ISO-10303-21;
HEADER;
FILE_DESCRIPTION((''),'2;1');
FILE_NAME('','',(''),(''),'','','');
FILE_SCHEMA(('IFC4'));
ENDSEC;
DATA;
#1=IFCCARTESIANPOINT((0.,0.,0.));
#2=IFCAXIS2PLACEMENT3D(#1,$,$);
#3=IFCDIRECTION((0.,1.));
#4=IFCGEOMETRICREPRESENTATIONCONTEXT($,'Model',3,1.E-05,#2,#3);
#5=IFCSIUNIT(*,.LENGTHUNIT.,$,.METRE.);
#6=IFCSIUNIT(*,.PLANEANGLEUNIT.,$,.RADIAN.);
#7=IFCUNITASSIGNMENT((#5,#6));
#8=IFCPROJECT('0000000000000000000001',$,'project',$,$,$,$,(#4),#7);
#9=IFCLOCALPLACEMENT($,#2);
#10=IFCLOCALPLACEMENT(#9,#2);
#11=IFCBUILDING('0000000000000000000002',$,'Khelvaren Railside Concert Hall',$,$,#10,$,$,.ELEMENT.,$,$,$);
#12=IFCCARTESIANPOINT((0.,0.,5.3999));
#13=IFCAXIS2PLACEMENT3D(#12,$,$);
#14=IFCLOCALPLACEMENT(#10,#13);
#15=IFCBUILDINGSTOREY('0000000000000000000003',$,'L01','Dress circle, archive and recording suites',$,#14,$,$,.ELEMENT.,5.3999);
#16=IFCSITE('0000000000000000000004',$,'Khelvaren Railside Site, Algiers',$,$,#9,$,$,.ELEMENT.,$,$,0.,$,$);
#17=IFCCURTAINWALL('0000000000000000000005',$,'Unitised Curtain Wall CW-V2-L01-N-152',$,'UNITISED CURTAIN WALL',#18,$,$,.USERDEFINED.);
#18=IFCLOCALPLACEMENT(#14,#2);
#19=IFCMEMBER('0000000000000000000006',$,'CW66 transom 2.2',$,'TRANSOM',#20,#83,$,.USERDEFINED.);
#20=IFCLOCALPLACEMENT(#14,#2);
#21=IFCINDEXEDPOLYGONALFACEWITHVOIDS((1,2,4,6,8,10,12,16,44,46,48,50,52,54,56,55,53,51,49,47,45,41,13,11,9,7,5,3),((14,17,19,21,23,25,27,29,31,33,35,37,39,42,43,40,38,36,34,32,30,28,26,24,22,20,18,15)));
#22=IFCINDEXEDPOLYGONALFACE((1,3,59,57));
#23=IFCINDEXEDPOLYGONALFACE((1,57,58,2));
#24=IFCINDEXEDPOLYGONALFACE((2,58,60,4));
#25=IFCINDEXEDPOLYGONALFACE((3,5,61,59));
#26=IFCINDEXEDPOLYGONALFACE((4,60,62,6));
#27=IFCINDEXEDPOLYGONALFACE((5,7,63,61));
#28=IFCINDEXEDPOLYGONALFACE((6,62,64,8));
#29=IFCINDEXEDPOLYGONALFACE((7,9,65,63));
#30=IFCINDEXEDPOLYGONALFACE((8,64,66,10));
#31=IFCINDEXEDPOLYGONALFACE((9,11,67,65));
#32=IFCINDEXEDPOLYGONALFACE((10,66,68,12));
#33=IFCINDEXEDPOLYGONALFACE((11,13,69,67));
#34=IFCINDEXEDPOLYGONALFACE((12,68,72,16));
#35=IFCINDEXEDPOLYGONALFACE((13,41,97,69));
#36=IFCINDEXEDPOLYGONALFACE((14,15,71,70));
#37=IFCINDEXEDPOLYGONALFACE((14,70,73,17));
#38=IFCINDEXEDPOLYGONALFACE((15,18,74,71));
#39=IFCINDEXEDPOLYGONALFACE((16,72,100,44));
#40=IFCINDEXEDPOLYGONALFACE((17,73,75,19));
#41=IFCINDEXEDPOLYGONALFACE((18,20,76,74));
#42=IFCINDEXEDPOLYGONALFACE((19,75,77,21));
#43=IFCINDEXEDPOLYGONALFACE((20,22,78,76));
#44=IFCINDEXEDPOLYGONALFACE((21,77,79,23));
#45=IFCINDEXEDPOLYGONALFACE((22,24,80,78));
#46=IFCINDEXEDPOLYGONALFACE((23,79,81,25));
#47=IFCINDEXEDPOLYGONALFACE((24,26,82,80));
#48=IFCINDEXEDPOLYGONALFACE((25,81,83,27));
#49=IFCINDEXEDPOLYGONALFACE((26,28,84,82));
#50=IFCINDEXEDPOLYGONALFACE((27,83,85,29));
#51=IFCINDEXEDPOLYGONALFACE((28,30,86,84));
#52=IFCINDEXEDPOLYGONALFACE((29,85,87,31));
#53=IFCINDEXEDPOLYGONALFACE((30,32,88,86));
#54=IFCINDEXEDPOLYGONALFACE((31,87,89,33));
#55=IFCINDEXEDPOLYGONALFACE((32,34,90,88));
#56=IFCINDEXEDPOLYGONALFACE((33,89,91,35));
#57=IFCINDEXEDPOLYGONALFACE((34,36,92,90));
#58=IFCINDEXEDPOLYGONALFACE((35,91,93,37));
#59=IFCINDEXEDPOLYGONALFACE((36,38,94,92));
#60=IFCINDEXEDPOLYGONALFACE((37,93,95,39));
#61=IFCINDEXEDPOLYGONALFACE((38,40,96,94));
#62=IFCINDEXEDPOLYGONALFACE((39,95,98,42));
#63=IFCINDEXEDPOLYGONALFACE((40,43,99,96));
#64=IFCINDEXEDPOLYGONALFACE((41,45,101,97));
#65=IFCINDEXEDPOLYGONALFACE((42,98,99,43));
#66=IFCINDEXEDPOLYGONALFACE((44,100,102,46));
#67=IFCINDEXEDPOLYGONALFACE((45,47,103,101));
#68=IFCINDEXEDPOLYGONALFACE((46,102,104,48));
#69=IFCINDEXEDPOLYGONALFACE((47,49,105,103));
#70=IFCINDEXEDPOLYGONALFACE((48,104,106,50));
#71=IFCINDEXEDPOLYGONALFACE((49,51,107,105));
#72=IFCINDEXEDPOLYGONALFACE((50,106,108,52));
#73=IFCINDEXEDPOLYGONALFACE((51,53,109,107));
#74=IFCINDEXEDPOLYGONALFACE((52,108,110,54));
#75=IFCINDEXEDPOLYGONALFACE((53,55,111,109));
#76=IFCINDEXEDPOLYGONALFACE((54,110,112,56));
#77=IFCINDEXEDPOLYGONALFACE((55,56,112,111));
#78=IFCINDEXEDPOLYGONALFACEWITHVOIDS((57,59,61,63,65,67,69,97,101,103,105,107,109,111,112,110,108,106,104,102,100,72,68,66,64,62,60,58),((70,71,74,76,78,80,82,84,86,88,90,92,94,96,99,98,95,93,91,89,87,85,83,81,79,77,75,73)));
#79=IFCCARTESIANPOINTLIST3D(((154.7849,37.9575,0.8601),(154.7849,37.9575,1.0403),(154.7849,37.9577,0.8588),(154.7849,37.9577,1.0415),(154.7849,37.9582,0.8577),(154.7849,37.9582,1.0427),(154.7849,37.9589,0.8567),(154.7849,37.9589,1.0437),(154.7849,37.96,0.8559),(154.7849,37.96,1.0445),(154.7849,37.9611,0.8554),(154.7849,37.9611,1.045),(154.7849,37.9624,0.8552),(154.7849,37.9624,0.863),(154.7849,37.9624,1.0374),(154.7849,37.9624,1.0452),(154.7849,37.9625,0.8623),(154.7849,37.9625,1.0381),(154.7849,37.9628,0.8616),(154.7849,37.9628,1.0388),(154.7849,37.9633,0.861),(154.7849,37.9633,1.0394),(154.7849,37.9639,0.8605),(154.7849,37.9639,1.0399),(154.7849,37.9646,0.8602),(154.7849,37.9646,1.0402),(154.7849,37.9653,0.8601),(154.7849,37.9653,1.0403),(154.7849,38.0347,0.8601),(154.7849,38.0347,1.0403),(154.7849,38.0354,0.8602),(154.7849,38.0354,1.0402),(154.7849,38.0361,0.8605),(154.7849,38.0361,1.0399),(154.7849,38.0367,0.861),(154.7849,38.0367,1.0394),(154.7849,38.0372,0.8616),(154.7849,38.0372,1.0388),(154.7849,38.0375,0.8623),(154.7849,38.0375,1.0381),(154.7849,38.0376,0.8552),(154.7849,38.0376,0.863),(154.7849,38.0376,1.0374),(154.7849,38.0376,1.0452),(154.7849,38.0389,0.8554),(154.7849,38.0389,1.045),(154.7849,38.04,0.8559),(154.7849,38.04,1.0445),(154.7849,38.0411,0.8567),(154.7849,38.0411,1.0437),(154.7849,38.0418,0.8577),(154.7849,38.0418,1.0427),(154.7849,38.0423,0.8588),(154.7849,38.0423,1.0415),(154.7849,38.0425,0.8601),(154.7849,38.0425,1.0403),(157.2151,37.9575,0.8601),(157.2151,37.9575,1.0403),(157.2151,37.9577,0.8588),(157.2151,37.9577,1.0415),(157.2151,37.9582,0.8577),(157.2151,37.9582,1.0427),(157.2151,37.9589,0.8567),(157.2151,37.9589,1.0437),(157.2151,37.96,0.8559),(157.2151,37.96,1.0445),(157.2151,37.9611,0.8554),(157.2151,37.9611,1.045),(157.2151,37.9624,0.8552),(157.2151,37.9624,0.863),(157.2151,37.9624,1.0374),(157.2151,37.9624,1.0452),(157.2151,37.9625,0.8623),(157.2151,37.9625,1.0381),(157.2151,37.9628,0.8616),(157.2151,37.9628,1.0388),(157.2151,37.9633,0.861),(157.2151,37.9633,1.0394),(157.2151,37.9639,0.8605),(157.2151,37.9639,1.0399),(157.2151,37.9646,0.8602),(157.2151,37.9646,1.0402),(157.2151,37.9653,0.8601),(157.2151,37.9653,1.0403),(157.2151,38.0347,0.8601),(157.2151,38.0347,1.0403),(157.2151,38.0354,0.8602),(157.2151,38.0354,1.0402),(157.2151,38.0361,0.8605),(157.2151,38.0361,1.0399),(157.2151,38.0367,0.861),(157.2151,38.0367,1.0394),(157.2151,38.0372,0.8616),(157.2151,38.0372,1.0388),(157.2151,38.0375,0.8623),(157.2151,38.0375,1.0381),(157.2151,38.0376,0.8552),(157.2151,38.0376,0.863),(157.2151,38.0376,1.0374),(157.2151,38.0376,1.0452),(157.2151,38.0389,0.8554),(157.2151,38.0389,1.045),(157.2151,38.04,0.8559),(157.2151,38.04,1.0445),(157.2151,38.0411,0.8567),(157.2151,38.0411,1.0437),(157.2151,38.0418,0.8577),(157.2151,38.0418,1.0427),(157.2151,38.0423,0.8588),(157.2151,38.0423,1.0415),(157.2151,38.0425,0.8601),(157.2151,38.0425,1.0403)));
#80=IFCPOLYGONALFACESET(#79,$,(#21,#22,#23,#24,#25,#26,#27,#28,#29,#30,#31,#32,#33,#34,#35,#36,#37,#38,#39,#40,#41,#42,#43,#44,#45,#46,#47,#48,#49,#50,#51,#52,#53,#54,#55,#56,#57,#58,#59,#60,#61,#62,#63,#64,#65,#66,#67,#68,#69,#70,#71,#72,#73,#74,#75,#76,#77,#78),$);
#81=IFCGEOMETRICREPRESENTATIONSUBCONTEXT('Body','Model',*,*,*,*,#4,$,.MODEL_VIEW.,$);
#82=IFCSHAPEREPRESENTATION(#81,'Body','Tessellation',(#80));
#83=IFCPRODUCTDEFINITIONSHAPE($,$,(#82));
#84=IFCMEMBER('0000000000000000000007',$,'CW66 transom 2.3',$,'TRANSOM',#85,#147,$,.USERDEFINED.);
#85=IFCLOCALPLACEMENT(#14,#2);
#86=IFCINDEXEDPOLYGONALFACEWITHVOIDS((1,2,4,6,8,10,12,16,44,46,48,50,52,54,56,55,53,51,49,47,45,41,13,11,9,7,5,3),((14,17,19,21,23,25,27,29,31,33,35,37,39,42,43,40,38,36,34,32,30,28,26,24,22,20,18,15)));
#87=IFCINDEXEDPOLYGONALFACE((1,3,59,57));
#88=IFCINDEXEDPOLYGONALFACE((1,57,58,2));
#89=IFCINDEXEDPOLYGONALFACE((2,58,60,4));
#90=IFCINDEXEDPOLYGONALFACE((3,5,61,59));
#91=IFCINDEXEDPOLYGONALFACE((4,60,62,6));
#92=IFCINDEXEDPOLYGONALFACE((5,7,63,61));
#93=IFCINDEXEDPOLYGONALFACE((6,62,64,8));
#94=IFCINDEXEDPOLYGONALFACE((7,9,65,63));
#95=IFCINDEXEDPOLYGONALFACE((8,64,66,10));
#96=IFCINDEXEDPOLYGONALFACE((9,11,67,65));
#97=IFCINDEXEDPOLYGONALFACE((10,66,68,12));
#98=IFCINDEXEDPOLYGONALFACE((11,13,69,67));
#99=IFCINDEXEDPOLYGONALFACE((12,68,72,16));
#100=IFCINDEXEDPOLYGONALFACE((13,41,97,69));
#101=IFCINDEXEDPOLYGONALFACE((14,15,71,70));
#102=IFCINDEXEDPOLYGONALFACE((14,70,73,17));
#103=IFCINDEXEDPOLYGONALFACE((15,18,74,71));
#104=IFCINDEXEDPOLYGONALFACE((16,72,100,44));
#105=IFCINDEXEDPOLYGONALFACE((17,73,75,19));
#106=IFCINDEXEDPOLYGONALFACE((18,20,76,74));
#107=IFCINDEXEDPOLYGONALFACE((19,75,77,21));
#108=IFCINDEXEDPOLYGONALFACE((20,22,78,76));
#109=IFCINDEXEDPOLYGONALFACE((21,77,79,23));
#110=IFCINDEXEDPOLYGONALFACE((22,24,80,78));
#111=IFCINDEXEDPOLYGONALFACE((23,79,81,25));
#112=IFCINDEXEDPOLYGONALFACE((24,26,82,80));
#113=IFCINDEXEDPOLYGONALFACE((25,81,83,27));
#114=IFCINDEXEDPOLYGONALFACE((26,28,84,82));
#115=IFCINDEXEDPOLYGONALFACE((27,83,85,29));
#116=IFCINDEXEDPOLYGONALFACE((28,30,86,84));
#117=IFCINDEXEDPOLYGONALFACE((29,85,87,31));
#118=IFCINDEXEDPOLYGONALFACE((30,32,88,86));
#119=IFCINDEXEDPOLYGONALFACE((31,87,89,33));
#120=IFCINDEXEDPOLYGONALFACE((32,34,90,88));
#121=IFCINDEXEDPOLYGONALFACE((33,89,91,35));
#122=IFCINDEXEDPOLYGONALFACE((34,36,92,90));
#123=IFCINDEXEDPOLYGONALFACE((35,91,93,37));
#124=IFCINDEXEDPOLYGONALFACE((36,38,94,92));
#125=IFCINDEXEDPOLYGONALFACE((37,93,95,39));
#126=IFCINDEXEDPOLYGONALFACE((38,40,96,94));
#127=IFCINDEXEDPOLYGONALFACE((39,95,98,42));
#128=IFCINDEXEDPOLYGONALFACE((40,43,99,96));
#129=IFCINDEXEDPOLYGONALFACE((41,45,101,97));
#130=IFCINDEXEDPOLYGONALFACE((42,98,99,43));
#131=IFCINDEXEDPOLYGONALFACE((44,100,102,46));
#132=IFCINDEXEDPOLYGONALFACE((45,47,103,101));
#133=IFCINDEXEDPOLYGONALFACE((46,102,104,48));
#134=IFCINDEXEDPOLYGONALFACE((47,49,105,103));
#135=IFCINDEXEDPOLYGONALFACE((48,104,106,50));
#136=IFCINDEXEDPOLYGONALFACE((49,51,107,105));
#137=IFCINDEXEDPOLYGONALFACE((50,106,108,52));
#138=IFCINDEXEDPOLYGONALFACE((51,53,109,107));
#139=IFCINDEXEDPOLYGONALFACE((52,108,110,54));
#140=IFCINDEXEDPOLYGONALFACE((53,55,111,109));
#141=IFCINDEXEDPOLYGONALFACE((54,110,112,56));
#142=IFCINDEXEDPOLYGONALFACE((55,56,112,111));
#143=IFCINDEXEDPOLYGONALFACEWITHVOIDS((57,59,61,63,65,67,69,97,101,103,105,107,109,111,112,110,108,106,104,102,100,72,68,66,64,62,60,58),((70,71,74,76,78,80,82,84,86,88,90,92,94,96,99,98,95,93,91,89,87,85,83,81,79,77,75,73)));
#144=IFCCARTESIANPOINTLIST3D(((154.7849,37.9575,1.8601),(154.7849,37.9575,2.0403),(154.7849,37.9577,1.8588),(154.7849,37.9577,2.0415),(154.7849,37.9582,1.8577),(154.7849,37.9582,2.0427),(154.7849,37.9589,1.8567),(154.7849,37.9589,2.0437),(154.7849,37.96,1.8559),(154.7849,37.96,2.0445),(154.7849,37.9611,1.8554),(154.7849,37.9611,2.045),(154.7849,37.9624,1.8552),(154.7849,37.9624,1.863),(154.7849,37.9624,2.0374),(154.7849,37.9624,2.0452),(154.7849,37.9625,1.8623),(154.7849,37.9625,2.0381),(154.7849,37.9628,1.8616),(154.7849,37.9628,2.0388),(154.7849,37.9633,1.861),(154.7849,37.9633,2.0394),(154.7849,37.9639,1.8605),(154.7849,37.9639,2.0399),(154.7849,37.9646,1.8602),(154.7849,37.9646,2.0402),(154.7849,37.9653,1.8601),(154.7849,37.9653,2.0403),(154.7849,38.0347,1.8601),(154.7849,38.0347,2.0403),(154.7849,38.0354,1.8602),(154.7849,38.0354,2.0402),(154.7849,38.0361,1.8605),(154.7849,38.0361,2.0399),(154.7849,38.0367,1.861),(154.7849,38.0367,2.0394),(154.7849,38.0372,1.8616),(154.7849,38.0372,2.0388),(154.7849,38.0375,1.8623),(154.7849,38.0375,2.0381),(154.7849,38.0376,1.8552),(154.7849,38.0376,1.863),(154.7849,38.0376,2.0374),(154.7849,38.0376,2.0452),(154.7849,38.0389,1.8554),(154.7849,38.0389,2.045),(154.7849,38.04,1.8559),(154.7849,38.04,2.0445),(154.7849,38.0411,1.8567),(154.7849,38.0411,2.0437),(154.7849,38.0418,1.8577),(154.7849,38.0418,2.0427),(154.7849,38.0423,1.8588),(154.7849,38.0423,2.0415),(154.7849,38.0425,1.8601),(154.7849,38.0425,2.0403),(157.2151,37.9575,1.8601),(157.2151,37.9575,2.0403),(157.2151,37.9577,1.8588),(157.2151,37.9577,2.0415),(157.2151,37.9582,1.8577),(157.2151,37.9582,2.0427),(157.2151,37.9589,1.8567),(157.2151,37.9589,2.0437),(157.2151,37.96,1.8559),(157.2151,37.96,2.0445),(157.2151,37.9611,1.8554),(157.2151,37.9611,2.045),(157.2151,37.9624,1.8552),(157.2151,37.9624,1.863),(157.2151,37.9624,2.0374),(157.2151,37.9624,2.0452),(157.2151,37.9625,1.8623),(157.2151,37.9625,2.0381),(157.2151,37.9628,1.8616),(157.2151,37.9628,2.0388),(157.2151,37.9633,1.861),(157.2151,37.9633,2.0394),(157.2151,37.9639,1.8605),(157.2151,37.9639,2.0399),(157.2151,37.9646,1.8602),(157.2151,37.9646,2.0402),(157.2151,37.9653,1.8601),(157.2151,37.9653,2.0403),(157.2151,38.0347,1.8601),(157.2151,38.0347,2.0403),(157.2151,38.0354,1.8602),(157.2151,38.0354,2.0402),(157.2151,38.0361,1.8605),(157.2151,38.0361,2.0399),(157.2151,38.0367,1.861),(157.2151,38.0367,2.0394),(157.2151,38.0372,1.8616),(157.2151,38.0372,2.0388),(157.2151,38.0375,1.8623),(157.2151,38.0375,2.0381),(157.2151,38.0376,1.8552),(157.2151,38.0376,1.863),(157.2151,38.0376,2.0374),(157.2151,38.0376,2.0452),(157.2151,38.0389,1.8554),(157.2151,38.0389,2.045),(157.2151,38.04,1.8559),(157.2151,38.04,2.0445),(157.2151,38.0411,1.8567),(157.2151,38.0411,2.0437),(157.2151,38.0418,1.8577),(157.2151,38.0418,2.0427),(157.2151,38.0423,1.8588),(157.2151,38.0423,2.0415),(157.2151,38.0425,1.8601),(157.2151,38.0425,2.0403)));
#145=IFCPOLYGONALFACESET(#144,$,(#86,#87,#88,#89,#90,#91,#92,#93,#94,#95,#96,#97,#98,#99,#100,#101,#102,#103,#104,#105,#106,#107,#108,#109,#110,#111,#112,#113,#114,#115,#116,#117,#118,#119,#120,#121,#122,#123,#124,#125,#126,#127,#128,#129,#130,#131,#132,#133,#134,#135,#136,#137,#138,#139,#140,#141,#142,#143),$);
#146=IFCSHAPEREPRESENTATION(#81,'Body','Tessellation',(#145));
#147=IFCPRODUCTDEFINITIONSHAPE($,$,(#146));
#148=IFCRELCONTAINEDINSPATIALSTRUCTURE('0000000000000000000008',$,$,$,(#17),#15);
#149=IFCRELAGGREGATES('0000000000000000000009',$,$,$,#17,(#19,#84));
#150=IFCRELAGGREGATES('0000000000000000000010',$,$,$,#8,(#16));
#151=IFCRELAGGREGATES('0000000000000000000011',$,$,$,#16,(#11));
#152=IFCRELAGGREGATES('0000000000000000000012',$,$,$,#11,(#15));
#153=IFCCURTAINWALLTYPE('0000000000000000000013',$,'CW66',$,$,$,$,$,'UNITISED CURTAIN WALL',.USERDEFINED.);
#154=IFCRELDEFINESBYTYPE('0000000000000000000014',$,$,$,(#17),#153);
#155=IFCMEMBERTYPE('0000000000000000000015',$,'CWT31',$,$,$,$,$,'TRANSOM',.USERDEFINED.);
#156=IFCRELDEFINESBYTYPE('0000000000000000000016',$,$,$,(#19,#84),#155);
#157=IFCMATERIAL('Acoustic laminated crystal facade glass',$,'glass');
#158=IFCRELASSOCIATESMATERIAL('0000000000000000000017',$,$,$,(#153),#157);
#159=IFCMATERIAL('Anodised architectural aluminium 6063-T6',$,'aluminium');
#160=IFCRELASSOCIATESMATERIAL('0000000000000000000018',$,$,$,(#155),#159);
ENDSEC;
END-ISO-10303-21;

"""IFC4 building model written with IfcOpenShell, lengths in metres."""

from ifc_helpers import new_model, si_unit, direction, frame, origin, origin_2d, place, context, subcontext, project, spatial, hollow_rectangle, extrude, material, material_profile, profile_set, type_object, element, aggregate, save


model = new_model("IFC4")

# Units and contexts
model_context = context("Model", 3, precision=1e-05, world=origin(), true_north=direction((0.0, 1.0)))
body_context = subcontext(model_context, "Body", "Model", "MODEL_VIEW")
ifc_project = project(units=[si_unit("LENGTHUNIT", "METRE"), si_unit("PLANEANGLEUNIT", "RADIAN")], contexts=[model_context])

# Site, building, storey
site_placement = place(None, origin())
site = spatial("IfcSite", under=ifc_project, at=site_placement, Name="Khelvaren Railside Site, Algiers", CompositionType="ELEMENT", RefElevation=0.0)
building_placement = place(site_placement, origin())
building = spatial("IfcBuilding", under=site, at=building_placement, Name="Khelvaren Railside Concert Hall", CompositionType="ELEMENT")
storey_placement = place(building_placement, frame((0.0, 0.0, 5.3999)))
storey = spatial("IfcBuildingStorey", under=building, at=storey_placement, Name="L01", Description="Dress circle, archive and recording suites", CompositionType="ELEMENT", Elevation=5.3999)

# Shared definitions
ifc_material_1 = material(Name="Acoustic laminated crystal facade glass", Category="glass")
ifc_material_2 = material(Name="Anodised architectural aluminium 6063-T6", Category="aluminium")

# Curtain wall
curtain_wall_type_1 = type_object("IfcCurtainWallType", Name="CW66", ElementType="UNITISED CURTAIN WALL", PredefinedType="USERDEFINED", material=ifc_material_1)
curtain_wall_1_placement = place(storey_placement, origin())
curtain_wall_1 = element("IfcCurtainWall", 1, at=curtain_wall_1_placement, inside=storey, type_object=curtain_wall_type_1, Name="Unitised Curtain Wall CW-V2-L01-N-152", ObjectType="UNITISED CURTAIN WALL", PredefinedType="USERDEFINED")

# Members
ifc_material_profile_1 = material_profile(ifc_material_2, hollow_rectangle(XDim=0.085, YDim=0.1899, WallThickness=0.0049, InnerFilletRadius=0.0029, OuterFilletRadius=0.0049, at=origin_2d()), Name="CWT 85x190x5")
ifc_profile_set_1 = profile_set([ifc_material_profile_1], Name="Anodised architectural aluminium 6063-T6")
member_type_1 = type_object("IfcMemberType", Name="CWT31", ElementType="TRANSOM", PredefinedType="USERDEFINED", material=ifc_profile_set_1)
member_1_placement = place(storey_placement, frame((154.7849, 38.0, 0.9502), z_axis=(1.0, 0.0, 0.0), x_axis=(0.0, 1.0, 0.0)))
member_1 = element("IfcMember", 2, at=member_1_placement, type_object=member_type_1, Name="CW66 transom 2.2", ObjectType="TRANSOM", PredefinedType="USERDEFINED", context=body_context, shape_type="SweptSolid", body=[
    extrude(hollow_rectangle(XDim=0.085, YDim=0.1899, WallThickness=0.0049, InnerFilletRadius=0.0029, OuterFilletRadius=0.0049, at=origin_2d()), origin(), (0.0, 0.0, 1.0), 2.4302),
])
member_2_placement = place(storey_placement, frame((154.7849, 38.0, 1.9502), z_axis=(1.0, 0.0, 0.0), x_axis=(0.0, 1.0, 0.0)))
member_2 = element("IfcMember", 3, at=member_2_placement, type_object=member_type_1, Name="CW66 transom 2.3", ObjectType="TRANSOM", PredefinedType="USERDEFINED", context=body_context, shape_type="SweptSolid", body=[
    extrude(hollow_rectangle(XDim=0.085, YDim=0.1899, WallThickness=0.0049, InnerFilletRadius=0.0029, OuterFilletRadius=0.0049, at=origin_2d()), origin(), (0.0, 0.0, 1.0), 2.4302),
])

aggregate(curtain_wall_1, [member_1, member_2])

save(model, "model.ifc")
